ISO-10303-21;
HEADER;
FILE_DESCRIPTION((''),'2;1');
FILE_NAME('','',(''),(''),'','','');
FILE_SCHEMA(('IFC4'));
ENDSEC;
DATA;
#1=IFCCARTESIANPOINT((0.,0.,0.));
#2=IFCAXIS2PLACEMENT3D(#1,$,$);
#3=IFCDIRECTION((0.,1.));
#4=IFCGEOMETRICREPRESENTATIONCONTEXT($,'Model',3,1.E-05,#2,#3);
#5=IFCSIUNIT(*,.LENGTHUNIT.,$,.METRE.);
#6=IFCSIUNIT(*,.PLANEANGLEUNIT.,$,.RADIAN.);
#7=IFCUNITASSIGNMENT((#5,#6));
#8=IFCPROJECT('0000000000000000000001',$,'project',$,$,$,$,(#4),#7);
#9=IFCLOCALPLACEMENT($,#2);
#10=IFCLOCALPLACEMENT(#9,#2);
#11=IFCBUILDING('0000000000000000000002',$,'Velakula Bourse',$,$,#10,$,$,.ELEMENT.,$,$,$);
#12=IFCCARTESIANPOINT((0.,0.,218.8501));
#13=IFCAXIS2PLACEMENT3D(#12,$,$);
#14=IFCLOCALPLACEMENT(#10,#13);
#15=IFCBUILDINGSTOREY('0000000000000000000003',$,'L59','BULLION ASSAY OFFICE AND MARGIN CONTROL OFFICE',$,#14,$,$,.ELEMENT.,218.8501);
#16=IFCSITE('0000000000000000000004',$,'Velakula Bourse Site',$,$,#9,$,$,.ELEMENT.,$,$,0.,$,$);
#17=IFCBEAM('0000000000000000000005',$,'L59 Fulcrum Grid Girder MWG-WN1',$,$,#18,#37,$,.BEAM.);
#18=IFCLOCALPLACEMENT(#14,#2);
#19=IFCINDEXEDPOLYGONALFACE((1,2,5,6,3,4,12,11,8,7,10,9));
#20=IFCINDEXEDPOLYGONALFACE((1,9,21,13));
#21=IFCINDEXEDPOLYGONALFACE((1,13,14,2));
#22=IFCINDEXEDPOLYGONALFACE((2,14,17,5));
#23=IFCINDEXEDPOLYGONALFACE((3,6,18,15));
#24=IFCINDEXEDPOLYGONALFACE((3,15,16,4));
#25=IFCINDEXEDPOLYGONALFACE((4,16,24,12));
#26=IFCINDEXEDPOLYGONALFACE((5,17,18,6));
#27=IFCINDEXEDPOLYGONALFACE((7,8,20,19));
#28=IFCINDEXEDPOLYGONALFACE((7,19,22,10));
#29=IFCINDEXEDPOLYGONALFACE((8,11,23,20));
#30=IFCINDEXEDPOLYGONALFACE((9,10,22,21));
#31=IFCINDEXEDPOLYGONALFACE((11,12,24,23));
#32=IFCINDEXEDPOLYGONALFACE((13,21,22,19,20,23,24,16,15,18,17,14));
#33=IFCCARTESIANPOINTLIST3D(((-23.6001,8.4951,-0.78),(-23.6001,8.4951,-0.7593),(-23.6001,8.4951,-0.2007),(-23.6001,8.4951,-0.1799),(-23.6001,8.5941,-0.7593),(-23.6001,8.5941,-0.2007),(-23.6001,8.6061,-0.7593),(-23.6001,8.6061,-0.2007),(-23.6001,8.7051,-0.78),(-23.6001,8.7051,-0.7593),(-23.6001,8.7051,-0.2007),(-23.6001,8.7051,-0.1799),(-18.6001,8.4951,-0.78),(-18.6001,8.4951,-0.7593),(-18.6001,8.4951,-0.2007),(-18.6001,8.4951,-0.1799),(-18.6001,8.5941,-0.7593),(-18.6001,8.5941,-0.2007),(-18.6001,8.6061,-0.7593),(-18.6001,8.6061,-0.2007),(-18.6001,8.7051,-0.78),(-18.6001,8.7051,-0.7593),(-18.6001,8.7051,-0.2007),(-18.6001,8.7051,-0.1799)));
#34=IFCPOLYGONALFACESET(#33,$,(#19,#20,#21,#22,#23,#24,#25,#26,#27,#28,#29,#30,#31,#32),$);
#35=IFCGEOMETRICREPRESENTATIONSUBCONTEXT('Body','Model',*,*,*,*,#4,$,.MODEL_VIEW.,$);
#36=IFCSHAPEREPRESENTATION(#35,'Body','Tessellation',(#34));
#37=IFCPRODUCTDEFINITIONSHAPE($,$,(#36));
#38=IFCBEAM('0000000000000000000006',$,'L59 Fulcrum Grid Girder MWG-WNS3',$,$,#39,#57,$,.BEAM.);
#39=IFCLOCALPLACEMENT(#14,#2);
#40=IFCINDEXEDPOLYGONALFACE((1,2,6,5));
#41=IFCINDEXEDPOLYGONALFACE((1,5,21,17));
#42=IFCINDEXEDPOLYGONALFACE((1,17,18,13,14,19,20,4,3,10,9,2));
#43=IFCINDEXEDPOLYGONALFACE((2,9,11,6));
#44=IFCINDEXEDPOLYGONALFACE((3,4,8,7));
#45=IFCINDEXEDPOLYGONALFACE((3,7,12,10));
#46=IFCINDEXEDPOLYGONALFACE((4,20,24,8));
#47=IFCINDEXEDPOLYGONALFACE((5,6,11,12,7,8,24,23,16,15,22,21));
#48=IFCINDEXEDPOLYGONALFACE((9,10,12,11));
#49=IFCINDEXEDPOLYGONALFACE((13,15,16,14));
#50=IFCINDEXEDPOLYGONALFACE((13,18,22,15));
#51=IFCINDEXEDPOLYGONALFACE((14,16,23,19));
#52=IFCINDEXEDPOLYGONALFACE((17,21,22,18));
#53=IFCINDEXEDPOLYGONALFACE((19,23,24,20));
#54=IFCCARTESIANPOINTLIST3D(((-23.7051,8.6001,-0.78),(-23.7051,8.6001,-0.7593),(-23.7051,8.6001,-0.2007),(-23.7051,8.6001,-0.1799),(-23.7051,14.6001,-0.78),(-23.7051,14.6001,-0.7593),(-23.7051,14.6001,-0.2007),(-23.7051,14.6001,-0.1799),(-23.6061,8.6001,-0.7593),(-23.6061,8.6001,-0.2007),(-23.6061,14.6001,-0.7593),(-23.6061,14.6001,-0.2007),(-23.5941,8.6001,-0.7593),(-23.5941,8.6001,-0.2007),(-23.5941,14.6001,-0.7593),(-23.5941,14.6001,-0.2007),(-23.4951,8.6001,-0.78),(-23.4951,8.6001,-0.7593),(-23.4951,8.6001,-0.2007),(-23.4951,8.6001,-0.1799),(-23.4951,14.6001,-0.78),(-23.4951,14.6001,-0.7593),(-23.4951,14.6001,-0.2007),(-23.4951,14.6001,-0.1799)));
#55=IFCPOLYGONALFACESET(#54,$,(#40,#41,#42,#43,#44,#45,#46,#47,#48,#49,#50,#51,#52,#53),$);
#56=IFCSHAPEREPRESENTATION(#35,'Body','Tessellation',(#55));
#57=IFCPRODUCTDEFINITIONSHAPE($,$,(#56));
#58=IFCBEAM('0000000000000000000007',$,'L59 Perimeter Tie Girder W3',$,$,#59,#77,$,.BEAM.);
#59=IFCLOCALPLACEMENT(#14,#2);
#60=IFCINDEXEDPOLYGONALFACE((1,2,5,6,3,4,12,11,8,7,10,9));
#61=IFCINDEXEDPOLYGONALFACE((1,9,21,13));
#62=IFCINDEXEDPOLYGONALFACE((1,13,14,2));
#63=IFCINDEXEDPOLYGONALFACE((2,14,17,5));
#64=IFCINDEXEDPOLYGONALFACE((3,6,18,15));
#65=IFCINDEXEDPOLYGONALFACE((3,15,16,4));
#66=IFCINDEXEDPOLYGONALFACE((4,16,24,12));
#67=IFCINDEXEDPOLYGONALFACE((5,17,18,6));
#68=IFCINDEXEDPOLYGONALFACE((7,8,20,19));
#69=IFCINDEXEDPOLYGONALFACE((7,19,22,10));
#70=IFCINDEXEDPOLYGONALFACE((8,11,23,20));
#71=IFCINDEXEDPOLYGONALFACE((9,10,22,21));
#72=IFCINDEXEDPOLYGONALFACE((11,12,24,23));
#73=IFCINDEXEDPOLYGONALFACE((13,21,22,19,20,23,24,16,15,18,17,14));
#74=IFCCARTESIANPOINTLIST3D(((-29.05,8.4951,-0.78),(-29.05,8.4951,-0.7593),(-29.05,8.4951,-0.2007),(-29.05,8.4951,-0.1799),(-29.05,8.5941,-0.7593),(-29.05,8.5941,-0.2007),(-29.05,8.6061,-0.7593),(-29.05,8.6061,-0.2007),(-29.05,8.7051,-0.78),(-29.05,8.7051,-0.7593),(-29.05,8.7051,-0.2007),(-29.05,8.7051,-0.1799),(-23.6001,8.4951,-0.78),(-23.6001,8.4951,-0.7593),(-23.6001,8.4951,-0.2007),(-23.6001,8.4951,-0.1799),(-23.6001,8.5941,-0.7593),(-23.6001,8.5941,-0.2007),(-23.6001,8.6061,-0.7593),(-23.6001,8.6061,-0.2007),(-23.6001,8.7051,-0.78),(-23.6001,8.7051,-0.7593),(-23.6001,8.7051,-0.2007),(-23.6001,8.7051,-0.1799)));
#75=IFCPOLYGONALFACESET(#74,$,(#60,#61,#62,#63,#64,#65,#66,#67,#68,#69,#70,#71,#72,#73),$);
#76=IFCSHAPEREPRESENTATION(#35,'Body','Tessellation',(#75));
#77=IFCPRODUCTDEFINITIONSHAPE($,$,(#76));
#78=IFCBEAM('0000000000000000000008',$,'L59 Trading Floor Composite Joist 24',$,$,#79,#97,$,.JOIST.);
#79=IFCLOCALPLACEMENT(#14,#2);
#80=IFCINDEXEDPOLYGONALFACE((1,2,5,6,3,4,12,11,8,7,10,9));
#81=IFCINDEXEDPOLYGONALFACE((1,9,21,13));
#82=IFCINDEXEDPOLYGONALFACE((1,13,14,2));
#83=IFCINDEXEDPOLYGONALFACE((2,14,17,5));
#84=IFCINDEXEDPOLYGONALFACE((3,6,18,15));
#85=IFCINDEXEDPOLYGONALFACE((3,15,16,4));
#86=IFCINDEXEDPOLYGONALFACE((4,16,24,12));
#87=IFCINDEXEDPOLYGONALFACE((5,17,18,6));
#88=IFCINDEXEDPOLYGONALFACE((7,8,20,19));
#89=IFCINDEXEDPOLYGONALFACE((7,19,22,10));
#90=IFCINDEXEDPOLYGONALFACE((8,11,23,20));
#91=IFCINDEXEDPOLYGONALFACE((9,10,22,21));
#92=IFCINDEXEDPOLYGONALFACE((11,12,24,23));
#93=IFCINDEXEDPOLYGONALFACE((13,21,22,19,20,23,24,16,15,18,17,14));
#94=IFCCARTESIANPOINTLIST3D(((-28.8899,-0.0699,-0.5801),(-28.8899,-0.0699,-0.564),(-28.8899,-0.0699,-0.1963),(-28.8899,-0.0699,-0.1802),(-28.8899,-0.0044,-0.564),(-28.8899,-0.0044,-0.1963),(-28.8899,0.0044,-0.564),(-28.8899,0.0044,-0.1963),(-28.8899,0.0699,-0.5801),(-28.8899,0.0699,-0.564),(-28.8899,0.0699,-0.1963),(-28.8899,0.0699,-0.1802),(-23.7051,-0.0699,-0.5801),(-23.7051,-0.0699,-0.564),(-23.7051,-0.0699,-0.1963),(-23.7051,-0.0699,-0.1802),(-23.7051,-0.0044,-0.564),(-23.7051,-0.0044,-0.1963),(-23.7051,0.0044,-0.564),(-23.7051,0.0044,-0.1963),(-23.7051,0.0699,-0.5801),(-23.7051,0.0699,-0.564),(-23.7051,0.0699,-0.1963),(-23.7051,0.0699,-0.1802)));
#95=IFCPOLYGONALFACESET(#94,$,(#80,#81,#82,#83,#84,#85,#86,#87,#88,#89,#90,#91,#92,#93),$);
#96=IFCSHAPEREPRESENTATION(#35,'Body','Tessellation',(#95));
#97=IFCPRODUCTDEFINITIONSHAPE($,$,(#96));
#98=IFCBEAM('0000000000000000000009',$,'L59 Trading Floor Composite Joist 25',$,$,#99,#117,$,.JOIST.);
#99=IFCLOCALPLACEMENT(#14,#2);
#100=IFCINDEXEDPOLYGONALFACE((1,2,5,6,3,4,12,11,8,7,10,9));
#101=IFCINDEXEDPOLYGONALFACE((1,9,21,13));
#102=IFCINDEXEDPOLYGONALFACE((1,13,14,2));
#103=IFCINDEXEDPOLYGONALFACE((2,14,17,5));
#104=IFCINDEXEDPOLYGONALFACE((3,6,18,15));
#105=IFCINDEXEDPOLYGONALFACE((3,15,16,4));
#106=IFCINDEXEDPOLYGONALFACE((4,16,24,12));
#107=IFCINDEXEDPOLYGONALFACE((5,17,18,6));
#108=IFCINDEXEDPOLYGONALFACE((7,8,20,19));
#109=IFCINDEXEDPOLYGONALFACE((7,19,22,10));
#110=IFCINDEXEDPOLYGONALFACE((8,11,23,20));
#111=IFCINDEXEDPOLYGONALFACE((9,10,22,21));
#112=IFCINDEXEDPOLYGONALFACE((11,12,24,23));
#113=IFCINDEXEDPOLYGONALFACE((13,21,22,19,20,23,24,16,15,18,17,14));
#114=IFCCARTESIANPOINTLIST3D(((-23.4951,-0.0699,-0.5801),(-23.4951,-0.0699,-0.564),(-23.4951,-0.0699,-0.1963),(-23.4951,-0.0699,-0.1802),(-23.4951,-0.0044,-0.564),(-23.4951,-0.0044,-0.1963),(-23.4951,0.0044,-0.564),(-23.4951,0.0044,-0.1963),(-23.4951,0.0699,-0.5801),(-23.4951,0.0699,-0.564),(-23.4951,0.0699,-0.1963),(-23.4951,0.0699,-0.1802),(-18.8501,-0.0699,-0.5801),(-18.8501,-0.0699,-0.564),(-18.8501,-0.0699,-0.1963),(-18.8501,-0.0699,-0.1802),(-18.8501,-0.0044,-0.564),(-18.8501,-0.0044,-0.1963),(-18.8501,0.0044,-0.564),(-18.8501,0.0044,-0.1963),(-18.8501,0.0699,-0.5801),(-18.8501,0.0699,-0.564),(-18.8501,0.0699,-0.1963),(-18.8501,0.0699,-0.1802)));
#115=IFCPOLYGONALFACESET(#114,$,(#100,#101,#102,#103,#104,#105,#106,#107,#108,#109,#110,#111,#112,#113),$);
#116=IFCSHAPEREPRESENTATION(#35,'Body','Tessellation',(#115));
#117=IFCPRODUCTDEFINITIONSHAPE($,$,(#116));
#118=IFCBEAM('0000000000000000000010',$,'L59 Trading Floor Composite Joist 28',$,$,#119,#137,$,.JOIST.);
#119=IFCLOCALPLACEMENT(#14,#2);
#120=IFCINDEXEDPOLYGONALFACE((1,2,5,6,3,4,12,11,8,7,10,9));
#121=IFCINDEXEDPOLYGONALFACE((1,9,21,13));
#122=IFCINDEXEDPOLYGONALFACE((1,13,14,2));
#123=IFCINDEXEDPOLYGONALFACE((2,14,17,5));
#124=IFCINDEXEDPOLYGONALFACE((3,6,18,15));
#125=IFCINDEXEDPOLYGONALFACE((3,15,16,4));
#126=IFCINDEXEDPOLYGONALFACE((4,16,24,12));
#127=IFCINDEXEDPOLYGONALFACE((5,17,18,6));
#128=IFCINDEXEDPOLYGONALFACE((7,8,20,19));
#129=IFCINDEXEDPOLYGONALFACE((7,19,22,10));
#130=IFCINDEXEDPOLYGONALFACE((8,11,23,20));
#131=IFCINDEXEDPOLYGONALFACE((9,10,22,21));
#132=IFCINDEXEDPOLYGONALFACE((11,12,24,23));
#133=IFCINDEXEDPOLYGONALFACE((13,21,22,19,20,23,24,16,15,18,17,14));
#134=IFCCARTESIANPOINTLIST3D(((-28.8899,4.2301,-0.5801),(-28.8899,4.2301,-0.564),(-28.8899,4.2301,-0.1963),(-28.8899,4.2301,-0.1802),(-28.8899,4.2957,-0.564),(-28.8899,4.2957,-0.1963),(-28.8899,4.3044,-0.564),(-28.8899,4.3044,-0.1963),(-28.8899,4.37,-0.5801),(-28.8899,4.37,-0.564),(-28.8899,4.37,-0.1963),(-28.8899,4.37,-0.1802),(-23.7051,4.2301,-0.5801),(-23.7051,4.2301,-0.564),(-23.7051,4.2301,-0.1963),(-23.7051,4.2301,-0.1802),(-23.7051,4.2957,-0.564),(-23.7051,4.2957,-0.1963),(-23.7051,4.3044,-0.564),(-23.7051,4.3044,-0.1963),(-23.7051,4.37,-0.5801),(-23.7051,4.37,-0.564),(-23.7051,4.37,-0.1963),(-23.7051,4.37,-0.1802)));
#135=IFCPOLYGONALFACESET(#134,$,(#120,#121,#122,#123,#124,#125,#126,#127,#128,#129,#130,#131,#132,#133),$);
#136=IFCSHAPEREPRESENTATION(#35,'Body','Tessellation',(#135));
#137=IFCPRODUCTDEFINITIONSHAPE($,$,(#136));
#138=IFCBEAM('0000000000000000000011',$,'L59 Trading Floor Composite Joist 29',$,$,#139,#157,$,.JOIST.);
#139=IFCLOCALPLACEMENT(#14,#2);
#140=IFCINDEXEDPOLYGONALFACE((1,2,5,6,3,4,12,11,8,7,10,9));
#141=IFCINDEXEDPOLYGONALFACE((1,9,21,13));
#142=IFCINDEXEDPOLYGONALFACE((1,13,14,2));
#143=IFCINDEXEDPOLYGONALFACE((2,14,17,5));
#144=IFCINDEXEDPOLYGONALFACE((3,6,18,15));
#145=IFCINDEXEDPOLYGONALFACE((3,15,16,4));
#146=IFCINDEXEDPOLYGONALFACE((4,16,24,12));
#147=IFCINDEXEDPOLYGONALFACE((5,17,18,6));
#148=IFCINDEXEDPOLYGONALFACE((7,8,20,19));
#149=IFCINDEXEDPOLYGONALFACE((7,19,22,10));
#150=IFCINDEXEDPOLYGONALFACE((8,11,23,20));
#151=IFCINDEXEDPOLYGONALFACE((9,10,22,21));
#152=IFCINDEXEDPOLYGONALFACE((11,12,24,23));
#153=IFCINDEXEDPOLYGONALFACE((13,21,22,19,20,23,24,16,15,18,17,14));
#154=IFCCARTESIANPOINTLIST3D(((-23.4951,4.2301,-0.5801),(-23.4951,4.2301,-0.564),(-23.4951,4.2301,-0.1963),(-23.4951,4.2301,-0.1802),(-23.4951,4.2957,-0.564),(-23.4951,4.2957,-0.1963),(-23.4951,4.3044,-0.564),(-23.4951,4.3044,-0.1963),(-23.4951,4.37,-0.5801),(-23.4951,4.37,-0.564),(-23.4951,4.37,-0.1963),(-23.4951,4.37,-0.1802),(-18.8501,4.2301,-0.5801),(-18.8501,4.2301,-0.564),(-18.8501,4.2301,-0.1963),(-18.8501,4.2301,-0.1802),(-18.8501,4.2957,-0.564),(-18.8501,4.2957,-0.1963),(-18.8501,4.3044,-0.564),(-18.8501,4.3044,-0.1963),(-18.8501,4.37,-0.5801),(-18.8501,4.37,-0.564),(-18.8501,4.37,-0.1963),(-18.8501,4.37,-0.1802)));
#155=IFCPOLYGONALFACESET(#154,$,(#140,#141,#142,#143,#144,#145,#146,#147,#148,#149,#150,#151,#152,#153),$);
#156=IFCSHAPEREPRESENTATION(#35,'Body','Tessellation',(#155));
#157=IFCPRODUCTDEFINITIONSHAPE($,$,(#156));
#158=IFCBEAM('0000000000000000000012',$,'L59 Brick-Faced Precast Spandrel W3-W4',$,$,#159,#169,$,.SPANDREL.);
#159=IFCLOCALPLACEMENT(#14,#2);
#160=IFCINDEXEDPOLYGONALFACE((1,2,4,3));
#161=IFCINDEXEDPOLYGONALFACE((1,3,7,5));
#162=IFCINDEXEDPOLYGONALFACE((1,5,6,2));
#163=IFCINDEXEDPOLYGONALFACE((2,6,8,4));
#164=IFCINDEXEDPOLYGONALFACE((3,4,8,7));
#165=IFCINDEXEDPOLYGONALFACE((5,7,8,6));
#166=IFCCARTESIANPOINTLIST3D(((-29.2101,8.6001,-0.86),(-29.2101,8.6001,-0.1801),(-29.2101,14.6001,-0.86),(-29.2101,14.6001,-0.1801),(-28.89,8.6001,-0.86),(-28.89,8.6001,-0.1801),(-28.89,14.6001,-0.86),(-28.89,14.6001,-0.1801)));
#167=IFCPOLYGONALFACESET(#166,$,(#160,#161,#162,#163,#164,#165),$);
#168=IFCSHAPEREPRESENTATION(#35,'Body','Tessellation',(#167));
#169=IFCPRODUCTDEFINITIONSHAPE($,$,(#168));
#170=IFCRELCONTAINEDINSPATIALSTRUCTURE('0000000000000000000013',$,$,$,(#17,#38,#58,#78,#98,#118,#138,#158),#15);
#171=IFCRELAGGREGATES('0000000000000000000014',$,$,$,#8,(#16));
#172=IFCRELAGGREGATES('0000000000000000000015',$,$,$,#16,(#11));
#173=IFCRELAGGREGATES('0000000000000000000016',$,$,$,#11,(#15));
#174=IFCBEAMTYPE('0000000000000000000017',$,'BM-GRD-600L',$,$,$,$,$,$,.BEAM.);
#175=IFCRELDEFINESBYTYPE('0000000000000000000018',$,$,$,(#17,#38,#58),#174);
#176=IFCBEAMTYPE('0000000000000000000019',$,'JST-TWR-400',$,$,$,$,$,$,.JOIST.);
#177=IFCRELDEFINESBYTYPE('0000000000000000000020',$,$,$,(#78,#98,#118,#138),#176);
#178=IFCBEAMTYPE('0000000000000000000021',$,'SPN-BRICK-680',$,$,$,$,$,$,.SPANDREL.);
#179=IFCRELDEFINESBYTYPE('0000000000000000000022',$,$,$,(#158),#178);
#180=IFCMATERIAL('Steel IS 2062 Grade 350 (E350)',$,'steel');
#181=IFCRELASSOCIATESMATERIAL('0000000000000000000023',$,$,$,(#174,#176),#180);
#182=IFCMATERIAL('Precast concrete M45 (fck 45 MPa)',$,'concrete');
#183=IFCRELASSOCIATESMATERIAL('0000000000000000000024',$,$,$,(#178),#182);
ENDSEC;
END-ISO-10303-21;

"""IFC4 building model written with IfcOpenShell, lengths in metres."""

from ifc_helpers import new_model, si_unit, direction, frame, origin, origin_2d, place, context, subcontext, project, spatial, rectangle, i_section, extrude, material, material_profile, profile_set, type_object, element, save


model = new_model("IFC4")

# Units and contexts
model_context = context("Model", 3, precision=1e-05, world=origin(), true_north=direction((0.0, 1.0)))
body_context = subcontext(model_context, "Body", "Model", "MODEL_VIEW")
ifc_project = project(units=[si_unit("LENGTHUNIT", "METRE"), si_unit("PLANEANGLEUNIT", "RADIAN")], contexts=[model_context])

# Site, building, storey
site_placement = place(None, origin())
site = spatial("IfcSite", under=ifc_project, at=site_placement, Name="Velakula Bourse Site", CompositionType="ELEMENT", RefElevation=0.0)
building_placement = place(site_placement, origin())
building = spatial("IfcBuilding", under=site, at=building_placement, Name="Velakula Bourse", CompositionType="ELEMENT")
storey_placement = place(building_placement, frame((0.0, 0.0, 218.8501)))
storey = spatial("IfcBuildingStorey", under=building, at=storey_placement, Name="L59", Description="BULLION ASSAY OFFICE AND MARGIN CONTROL OFFICE", CompositionType="ELEMENT", Elevation=218.8501)

# Shared definitions
ifc_material_1 = material(Name="Steel IS 2062 Grade 350 (E350)", Category="steel")

# Beams
ifc_material_profile_1 = material_profile(ifc_material_1, i_section(OverallWidth=0.21, OverallDepth=0.6001, WebThickness=0.012, FlangeThickness=0.0208, at=origin_2d()), Name="Steel IS 2062 Grade 350 (E350)")
ifc_profile_set_1 = profile_set([ifc_material_profile_1], Name="Steel IS 2062 Grade 350 (E350)")
beam_type_1 = type_object("IfcBeamType", Name="BM-GRD-600L", PredefinedType="BEAM", material=ifc_profile_set_1)
beam_1_placement = place(storey_placement, frame((-23.6001, 8.6001, -0.48), z_axis=(1.0, 0.0, 0.0), x_axis=(0.0, 1.0, 0.0)))
element("IfcBeam", 1, at=beam_1_placement, inside=storey, type_object=beam_type_1, Name="L59 Fulcrum Grid Girder MWG-WN1", PredefinedType="BEAM", context=body_context, shape_type="SweptSolid", body=[
    extrude(i_section(OverallWidth=0.21, OverallDepth=0.6001, WebThickness=0.012, FlangeThickness=0.0208, at=origin_2d()), origin(), (0.0, 0.0, 1.0), 5.0),
])
beam_2_placement = place(storey_placement, frame((-23.6001, 8.6001, -0.48), z_axis=(0.0, 1.0, 0.0), x_axis=(-1.0, 0.0, 0.0)))
element("IfcBeam", 2, at=beam_2_placement, inside=storey, type_object=beam_type_1, Name="L59 Fulcrum Grid Girder MWG-WNS3", PredefinedType="BEAM", context=body_context, shape_type="SweptSolid", body=[
    extrude(i_section(OverallWidth=0.21, OverallDepth=0.6001, WebThickness=0.012, FlangeThickness=0.0208, at=origin_2d()), origin(), (0.0, 0.0, 1.0), 6.0),
])
beam_3_placement = place(storey_placement, frame((-23.6001, 8.6001, -0.48), z_axis=(-1.0, 0.0, 0.0), x_axis=(0.0, -1.0, 0.0)))
element("IfcBeam", 3, at=beam_3_placement, inside=storey, type_object=beam_type_1, Name="L59 Perimeter Tie Girder W3", PredefinedType="BEAM", context=body_context, shape_type="SweptSolid", body=[
    extrude(i_section(OverallWidth=0.21, OverallDepth=0.6001, WebThickness=0.012, FlangeThickness=0.0208, at=origin_2d()), origin(), (0.0, 0.0, 1.0), 5.45),
])
ifc_material_profile_2 = material_profile(ifc_material_1, i_section(OverallWidth=0.1399, OverallDepth=0.3999, WebThickness=0.0088, FlangeThickness=0.0161, at=origin_2d()), Name="Steel IS 2062 Grade 350 (E350)")
ifc_profile_set_2 = profile_set([ifc_material_profile_2], Name="Steel IS 2062 Grade 350 (E350)")
beam_type_2 = type_object("IfcBeamType", Name="JST-TWR-400", PredefinedType="JOIST", material=ifc_profile_set_2)
beam_4_placement = place(storey_placement, frame((-28.8899, 0.0, -0.3801), z_axis=(1.0, 0.0, 0.0), x_axis=(0.0, 1.0, 0.0)))
element("IfcBeam", 4, at=beam_4_placement, inside=storey, type_object=beam_type_2, Name="L59 Trading Floor Composite Joist 24", PredefinedType="JOIST", context=body_context, shape_type="SweptSolid", body=[
    extrude(i_section(OverallWidth=0.1399, OverallDepth=0.3999, WebThickness=0.0088, FlangeThickness=0.0161, at=origin_2d()), origin(), (0.0, 0.0, 1.0), 5.1848),
])
beam_5_placement = place(storey_placement, frame((-23.4951, 0.0, -0.3801), z_axis=(1.0, 0.0, 0.0), x_axis=(0.0, 1.0, 0.0)))
element("IfcBeam", 5, at=beam_5_placement, inside=storey, type_object=beam_type_2, Name="L59 Trading Floor Composite Joist 25", PredefinedType="JOIST", context=body_context, shape_type="SweptSolid", body=[
    extrude(i_section(OverallWidth=0.1399, OverallDepth=0.3999, WebThickness=0.0088, FlangeThickness=0.0161, at=origin_2d()), origin(), (0.0, 0.0, 1.0), 4.645),
])
beam_6_placement = place(storey_placement, frame((-28.8899, 4.3, -0.3801), z_axis=(1.0, 0.0, 0.0), x_axis=(0.0, 1.0, 0.0)))
element("IfcBeam", 6, at=beam_6_placement, inside=storey, type_object=beam_type_2, Name="L59 Trading Floor Composite Joist 28", PredefinedType="JOIST", context=body_context, shape_type="SweptSolid", body=[
    extrude(i_section(OverallWidth=0.1399, OverallDepth=0.3999, WebThickness=0.0088, FlangeThickness=0.0161, at=origin_2d()), origin(), (0.0, 0.0, 1.0), 5.1848),
])
beam_7_placement = place(storey_placement, frame((-23.4951, 4.3, -0.3801), z_axis=(1.0, 0.0, 0.0), x_axis=(0.0, 1.0, 0.0)))
element("IfcBeam", 7, at=beam_7_placement, inside=storey, type_object=beam_type_2, Name="L59 Trading Floor Composite Joist 29", PredefinedType="JOIST", context=body_context, shape_type="SweptSolid", body=[
    extrude(i_section(OverallWidth=0.1399, OverallDepth=0.3999, WebThickness=0.0088, FlangeThickness=0.0161, at=origin_2d()), origin(), (0.0, 0.0, 1.0), 4.645),
])
ifc_material_2 = material(Name="Precast concrete M45 (fck 45 MPa)", Category="concrete")
ifc_material_profile_3 = material_profile(ifc_material_2, rectangle(XDim=0.3201, YDim=0.6799, at=origin_2d()), Name="Precast concrete M45 (fck 45 MPa)")
ifc_profile_set_3 = profile_set([ifc_material_profile_3], Name="Precast concrete M45 (fck 45 MPa)")
beam_type_3 = type_object("IfcBeamType", Name="SPN-BRICK-680", PredefinedType="SPANDREL", material=ifc_profile_set_3)
beam_8_placement = place(storey_placement, frame((-29.05, 8.6001, -0.52), z_axis=(0.0, 1.0, 0.0), x_axis=(-1.0, 0.0, 0.0)))
element("IfcBeam", 8, at=beam_8_placement, inside=storey, type_object=beam_type_3, Name="L59 Brick-Faced Precast Spandrel W3-W4", PredefinedType="SPANDREL", context=body_context, shape_type="SweptSolid", body=[
    extrude(rectangle(XDim=0.3201, YDim=0.6799, at=origin_2d()), origin(), (0.0, 0.0, 1.0), 6.0),
])

save(model, "model.ifc")
